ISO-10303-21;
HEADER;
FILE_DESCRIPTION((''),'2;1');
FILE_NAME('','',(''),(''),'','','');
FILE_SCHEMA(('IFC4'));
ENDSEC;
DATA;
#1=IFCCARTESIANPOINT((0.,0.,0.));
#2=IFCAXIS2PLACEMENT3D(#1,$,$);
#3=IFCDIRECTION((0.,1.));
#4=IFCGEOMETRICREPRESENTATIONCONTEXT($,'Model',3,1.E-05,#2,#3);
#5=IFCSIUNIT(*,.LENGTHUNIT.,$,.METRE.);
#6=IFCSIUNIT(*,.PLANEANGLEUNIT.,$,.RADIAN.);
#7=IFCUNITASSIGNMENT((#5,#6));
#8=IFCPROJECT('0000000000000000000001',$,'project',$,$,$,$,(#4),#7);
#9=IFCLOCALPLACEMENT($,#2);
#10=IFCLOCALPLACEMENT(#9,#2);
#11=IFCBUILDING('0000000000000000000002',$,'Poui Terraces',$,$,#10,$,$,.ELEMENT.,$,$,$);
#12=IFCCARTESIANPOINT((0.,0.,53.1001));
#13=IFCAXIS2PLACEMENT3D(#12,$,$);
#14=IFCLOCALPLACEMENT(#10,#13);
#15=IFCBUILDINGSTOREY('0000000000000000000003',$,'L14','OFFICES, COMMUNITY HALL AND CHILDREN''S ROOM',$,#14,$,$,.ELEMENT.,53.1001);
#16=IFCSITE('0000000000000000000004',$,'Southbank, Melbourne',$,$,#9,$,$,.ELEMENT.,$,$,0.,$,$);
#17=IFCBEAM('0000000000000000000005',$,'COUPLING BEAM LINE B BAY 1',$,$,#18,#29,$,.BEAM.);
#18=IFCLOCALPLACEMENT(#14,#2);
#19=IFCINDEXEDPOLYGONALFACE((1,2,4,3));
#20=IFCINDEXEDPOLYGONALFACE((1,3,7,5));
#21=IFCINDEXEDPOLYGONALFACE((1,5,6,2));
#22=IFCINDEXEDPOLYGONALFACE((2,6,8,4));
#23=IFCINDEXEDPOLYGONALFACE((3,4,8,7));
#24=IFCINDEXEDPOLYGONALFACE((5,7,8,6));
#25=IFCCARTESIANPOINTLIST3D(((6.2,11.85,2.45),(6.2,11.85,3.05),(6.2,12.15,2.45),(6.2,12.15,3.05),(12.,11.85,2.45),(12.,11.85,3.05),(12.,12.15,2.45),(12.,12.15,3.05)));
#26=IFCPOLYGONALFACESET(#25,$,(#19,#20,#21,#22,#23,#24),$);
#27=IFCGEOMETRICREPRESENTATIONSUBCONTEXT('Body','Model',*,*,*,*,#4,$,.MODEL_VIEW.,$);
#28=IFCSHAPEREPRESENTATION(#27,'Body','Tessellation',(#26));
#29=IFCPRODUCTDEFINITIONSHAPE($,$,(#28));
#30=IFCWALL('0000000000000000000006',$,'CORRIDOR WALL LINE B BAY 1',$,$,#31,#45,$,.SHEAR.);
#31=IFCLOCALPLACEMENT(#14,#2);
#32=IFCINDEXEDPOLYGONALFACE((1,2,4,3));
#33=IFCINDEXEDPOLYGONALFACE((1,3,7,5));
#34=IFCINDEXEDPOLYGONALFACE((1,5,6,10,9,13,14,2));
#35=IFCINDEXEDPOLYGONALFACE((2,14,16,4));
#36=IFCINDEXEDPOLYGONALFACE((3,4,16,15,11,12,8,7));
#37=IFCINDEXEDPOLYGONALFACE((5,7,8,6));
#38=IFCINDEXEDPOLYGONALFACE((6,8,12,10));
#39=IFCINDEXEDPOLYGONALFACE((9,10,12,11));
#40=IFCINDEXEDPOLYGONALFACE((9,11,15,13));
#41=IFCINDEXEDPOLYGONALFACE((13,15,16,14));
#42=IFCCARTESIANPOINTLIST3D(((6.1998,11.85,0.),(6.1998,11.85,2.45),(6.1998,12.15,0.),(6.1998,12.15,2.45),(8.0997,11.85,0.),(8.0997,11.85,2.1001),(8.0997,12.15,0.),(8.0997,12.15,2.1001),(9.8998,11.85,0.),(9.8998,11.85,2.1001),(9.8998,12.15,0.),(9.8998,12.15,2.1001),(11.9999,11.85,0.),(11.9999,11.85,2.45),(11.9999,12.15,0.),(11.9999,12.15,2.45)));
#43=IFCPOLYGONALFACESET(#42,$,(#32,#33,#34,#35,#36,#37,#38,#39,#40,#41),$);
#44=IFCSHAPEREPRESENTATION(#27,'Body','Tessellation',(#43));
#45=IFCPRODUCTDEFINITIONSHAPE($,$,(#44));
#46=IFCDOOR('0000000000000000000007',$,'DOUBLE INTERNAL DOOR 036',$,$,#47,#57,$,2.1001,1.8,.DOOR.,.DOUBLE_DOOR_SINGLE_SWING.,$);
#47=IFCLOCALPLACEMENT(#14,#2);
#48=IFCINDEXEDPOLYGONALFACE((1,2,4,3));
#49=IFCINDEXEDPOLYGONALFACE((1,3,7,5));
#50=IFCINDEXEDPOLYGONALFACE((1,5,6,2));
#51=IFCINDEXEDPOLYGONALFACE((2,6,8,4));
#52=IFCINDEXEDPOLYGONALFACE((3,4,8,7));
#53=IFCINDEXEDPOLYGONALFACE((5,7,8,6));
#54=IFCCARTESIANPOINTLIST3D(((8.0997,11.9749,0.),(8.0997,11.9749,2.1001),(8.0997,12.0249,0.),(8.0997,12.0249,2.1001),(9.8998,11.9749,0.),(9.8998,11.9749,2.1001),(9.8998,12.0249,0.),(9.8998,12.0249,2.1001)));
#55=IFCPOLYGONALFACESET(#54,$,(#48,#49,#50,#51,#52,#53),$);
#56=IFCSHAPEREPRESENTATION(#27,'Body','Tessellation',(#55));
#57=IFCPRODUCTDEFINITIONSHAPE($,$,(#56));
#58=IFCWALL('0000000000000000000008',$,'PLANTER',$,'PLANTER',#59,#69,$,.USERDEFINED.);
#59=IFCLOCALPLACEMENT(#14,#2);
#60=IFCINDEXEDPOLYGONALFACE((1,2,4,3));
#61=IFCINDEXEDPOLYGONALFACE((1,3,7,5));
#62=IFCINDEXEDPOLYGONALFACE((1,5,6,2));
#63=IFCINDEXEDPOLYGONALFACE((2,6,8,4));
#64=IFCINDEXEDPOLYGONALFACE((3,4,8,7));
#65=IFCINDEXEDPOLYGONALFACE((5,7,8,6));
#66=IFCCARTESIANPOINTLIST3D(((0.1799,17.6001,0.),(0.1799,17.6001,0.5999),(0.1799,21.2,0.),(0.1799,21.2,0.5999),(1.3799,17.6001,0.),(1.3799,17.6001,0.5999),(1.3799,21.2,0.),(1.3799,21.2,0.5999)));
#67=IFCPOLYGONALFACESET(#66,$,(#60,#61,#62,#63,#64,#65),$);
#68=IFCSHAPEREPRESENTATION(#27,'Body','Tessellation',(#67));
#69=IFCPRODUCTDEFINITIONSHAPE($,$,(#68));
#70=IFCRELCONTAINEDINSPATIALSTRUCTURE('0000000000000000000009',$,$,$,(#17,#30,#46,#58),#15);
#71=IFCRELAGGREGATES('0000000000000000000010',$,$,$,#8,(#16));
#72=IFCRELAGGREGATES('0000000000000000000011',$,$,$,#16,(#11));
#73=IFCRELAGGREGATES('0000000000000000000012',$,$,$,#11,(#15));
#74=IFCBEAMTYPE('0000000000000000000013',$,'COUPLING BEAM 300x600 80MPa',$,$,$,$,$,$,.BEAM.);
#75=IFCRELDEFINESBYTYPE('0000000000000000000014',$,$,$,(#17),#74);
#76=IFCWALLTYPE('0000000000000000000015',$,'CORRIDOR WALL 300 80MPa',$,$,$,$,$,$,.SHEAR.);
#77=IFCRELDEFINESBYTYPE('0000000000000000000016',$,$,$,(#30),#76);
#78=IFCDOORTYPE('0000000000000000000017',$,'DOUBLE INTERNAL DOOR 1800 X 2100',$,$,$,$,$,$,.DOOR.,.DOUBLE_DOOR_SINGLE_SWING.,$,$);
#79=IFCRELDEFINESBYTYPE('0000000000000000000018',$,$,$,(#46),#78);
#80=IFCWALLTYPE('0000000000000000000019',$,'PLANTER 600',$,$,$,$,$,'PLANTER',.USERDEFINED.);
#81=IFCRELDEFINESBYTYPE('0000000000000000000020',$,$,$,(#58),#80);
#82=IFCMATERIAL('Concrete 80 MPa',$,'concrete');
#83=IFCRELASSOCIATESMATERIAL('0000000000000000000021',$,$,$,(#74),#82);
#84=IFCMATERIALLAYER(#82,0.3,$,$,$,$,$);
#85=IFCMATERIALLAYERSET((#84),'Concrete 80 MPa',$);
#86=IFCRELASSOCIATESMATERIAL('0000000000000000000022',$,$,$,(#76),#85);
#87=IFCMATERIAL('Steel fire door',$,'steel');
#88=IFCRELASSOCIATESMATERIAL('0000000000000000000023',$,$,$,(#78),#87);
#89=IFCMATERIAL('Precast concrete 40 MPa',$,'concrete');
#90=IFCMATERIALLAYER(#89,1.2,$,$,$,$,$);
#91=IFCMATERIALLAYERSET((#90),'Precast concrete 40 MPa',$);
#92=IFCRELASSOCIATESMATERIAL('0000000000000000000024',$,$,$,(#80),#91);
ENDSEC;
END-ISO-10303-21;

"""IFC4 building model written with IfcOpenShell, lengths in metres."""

from ifc_helpers import new_model, si_unit, direction, frame, frame_2d, origin, origin_2d, place, context, subcontext, project, spatial, polyline, rectangle, outline, extrude, source, transform, mapped, material, layer, layer_set, material_profile, profile_set, type_object, element, fill, save


model = new_model("IFC4")

# Units and contexts
model_context = context("Model", 3, precision=1e-05, world=origin(), true_north=direction((0.0, 1.0)))
body_context = subcontext(model_context, "Body", "Model", "MODEL_VIEW")
ifc_project = project(units=[si_unit("LENGTHUNIT", "METRE"), si_unit("PLANEANGLEUNIT", "RADIAN")], contexts=[model_context])

# Site, building, storey
site_placement = place(None, origin())
site = spatial("IfcSite", under=ifc_project, at=site_placement, Name="Southbank, Melbourne", CompositionType="ELEMENT", RefElevation=0.0)
building_placement = place(site_placement, origin())
building = spatial("IfcBuilding", under=site, at=building_placement, Name="Poui Terraces", CompositionType="ELEMENT")
storey_placement = place(building_placement, frame((0.0, 0.0, 53.1001)))
storey = spatial("IfcBuildingStorey", under=building, at=storey_placement, Name="L14", Description="OFFICES, COMMUNITY HALL AND CHILDREN'S ROOM", CompositionType="ELEMENT", Elevation=53.1001)

# Beam
ifc_material_1 = material(Name="Concrete 80 MPa", Category="concrete")
ifc_material_profile = material_profile(ifc_material_1, rectangle(XDim=0.3, YDim=0.6001, at=origin_2d()), Name="RC 300x600")
ifc_profile_set = profile_set([ifc_material_profile], Name="Concrete 80 MPa")
beam_type = type_object("IfcBeamType", Name="COUPLING BEAM 300x600 80MPa", PredefinedType="BEAM", material=ifc_profile_set)
shared_shape_1 = source(origin(), body_context, "Body", "SweptSolid", [
    extrude(rectangle(XDim=0.3, YDim=0.6001, at=origin_2d()), origin(), (0.0, 0.0, 1.0), 5.8),
])
beam_placement = place(storey_placement, frame((6.2, 12.0, 2.75), z_axis=(1.0, 0.0, 0.0), x_axis=(0.0, 1.0, 0.0)))
element("IfcBeam", 1, at=beam_placement, inside=storey, type_object=beam_type, Name="COUPLING BEAM LINE B BAY 1", PredefinedType="BEAM", context=body_context, shape_type="MappedRepresentation", body=[
    mapped(shared_shape_1, transform((0.0, 0.0, 0.0))),
])

# Wall, opening, door
ifc_layer_1 = layer(ifc_material_1, 0.3)
ifc_layer_set_1 = layer_set([ifc_layer_1], Name="Concrete 80 MPa")
wall_type_1 = type_object("IfcWallType", Name="CORRIDOR WALL 300 80MPa", PredefinedType="SHEAR", material=ifc_layer_set_1)
wall_1_placement = place(storey_placement, frame((6.2, 12.0, 0.0), z_axis=(0.0, 0.0, 1.0), x_axis=(1.0, 0.0, 0.0)))
wall_1 = element("IfcWall", 2, at=wall_1_placement, inside=storey, type_object=wall_type_1, Name="CORRIDOR WALL LINE B BAY 1", PredefinedType="SHEAR", context=body_context, shape_type="SweptSolid", body=[
    extrude(rectangle(XDim=5.8, YDim=0.3, at=frame_2d((2.8999, 0.0))), origin(), (0.0, 0.0, 1.0), 2.45),
])
opening_1_placement = place(wall_1_placement, frame((1.8999, 0.0, 0.0)))
opening_1 = element("IfcOpeningElement", 3, at=opening_1_placement, cuts=wall_1, PredefinedType="OPENING", context=body_context, shape_type="SweptSolid", body=[
    extrude(rectangle(XDim=1.8, YDim=2.1001, at=frame_2d((0.8999, 1.05))), frame((0.0, 0.1602, 0.0), z_axis=(0.0, -1.0, 0.0), x_axis=(1.0, 0.0, 0.0)), (0.0, 0.0, 1.0), 0.3201),
])
ifc_material_2 = material(Name="Steel fire door", Category="steel")
door_type_1 = type_object("IfcDoorType", Name="DOUBLE INTERNAL DOOR 1800 X 2100", OperationType="DOUBLE_DOOR_SINGLE_SWING", PredefinedType="DOOR", material=ifc_material_2)
door_1_placement = place(opening_1_placement, origin())
door_1 = element("IfcDoor", 4, at=door_1_placement, inside=storey, type_object=door_type_1, Name="DOUBLE INTERNAL DOOR 036", OperationType="DOUBLE_DOOR_SINGLE_SWING", OverallHeight=2.1001, OverallWidth=1.8, PredefinedType="DOOR", context=body_context, shape_type="SweptSolid", body=[
    extrude(rectangle(XDim=1.8, YDim=2.1001, at=frame_2d((0.8999, 1.05))), frame((0.0, 0.0249, 0.0), z_axis=(0.0, -1.0, 0.0), x_axis=(1.0, 0.0, 0.0)), (0.0, 0.0, 1.0), 0.05),
])
fill(opening_1, door_1)

# Wall
ifc_material_3 = material(Name="Precast concrete 40 MPa", Category="concrete")
ifc_layer_2 = layer(ifc_material_3, 1.2)
ifc_layer_set_2 = layer_set([ifc_layer_2], Name="Precast concrete 40 MPa")
wall_type_2 = type_object("IfcWallType", Name="PLANTER 600", ElementType="PLANTER", PredefinedType="USERDEFINED", material=ifc_layer_set_2)
shared_shape_2 = source(origin(), body_context, "Body", "SweptSolid", [
    extrude(outline(polyline([(0.0, 0.0), (1.2, 0.0), (1.2, 3.5999), (0.0, 3.5999), (0.0, 0.0)])), origin(), (0.0, 0.0, 1.0), 0.5999),
])
wall_2_placement = place(storey_placement, frame((0.1799, 17.6001, 0.0)))
element("IfcWall", 5, at=wall_2_placement, inside=storey, type_object=wall_type_2, Name="PLANTER", ObjectType="PLANTER", PredefinedType="USERDEFINED", context=body_context, shape_type="MappedRepresentation", body=[
    mapped(shared_shape_2, transform((0.0, 0.0, 0.0))),
])

save(model, "model.ifc")
